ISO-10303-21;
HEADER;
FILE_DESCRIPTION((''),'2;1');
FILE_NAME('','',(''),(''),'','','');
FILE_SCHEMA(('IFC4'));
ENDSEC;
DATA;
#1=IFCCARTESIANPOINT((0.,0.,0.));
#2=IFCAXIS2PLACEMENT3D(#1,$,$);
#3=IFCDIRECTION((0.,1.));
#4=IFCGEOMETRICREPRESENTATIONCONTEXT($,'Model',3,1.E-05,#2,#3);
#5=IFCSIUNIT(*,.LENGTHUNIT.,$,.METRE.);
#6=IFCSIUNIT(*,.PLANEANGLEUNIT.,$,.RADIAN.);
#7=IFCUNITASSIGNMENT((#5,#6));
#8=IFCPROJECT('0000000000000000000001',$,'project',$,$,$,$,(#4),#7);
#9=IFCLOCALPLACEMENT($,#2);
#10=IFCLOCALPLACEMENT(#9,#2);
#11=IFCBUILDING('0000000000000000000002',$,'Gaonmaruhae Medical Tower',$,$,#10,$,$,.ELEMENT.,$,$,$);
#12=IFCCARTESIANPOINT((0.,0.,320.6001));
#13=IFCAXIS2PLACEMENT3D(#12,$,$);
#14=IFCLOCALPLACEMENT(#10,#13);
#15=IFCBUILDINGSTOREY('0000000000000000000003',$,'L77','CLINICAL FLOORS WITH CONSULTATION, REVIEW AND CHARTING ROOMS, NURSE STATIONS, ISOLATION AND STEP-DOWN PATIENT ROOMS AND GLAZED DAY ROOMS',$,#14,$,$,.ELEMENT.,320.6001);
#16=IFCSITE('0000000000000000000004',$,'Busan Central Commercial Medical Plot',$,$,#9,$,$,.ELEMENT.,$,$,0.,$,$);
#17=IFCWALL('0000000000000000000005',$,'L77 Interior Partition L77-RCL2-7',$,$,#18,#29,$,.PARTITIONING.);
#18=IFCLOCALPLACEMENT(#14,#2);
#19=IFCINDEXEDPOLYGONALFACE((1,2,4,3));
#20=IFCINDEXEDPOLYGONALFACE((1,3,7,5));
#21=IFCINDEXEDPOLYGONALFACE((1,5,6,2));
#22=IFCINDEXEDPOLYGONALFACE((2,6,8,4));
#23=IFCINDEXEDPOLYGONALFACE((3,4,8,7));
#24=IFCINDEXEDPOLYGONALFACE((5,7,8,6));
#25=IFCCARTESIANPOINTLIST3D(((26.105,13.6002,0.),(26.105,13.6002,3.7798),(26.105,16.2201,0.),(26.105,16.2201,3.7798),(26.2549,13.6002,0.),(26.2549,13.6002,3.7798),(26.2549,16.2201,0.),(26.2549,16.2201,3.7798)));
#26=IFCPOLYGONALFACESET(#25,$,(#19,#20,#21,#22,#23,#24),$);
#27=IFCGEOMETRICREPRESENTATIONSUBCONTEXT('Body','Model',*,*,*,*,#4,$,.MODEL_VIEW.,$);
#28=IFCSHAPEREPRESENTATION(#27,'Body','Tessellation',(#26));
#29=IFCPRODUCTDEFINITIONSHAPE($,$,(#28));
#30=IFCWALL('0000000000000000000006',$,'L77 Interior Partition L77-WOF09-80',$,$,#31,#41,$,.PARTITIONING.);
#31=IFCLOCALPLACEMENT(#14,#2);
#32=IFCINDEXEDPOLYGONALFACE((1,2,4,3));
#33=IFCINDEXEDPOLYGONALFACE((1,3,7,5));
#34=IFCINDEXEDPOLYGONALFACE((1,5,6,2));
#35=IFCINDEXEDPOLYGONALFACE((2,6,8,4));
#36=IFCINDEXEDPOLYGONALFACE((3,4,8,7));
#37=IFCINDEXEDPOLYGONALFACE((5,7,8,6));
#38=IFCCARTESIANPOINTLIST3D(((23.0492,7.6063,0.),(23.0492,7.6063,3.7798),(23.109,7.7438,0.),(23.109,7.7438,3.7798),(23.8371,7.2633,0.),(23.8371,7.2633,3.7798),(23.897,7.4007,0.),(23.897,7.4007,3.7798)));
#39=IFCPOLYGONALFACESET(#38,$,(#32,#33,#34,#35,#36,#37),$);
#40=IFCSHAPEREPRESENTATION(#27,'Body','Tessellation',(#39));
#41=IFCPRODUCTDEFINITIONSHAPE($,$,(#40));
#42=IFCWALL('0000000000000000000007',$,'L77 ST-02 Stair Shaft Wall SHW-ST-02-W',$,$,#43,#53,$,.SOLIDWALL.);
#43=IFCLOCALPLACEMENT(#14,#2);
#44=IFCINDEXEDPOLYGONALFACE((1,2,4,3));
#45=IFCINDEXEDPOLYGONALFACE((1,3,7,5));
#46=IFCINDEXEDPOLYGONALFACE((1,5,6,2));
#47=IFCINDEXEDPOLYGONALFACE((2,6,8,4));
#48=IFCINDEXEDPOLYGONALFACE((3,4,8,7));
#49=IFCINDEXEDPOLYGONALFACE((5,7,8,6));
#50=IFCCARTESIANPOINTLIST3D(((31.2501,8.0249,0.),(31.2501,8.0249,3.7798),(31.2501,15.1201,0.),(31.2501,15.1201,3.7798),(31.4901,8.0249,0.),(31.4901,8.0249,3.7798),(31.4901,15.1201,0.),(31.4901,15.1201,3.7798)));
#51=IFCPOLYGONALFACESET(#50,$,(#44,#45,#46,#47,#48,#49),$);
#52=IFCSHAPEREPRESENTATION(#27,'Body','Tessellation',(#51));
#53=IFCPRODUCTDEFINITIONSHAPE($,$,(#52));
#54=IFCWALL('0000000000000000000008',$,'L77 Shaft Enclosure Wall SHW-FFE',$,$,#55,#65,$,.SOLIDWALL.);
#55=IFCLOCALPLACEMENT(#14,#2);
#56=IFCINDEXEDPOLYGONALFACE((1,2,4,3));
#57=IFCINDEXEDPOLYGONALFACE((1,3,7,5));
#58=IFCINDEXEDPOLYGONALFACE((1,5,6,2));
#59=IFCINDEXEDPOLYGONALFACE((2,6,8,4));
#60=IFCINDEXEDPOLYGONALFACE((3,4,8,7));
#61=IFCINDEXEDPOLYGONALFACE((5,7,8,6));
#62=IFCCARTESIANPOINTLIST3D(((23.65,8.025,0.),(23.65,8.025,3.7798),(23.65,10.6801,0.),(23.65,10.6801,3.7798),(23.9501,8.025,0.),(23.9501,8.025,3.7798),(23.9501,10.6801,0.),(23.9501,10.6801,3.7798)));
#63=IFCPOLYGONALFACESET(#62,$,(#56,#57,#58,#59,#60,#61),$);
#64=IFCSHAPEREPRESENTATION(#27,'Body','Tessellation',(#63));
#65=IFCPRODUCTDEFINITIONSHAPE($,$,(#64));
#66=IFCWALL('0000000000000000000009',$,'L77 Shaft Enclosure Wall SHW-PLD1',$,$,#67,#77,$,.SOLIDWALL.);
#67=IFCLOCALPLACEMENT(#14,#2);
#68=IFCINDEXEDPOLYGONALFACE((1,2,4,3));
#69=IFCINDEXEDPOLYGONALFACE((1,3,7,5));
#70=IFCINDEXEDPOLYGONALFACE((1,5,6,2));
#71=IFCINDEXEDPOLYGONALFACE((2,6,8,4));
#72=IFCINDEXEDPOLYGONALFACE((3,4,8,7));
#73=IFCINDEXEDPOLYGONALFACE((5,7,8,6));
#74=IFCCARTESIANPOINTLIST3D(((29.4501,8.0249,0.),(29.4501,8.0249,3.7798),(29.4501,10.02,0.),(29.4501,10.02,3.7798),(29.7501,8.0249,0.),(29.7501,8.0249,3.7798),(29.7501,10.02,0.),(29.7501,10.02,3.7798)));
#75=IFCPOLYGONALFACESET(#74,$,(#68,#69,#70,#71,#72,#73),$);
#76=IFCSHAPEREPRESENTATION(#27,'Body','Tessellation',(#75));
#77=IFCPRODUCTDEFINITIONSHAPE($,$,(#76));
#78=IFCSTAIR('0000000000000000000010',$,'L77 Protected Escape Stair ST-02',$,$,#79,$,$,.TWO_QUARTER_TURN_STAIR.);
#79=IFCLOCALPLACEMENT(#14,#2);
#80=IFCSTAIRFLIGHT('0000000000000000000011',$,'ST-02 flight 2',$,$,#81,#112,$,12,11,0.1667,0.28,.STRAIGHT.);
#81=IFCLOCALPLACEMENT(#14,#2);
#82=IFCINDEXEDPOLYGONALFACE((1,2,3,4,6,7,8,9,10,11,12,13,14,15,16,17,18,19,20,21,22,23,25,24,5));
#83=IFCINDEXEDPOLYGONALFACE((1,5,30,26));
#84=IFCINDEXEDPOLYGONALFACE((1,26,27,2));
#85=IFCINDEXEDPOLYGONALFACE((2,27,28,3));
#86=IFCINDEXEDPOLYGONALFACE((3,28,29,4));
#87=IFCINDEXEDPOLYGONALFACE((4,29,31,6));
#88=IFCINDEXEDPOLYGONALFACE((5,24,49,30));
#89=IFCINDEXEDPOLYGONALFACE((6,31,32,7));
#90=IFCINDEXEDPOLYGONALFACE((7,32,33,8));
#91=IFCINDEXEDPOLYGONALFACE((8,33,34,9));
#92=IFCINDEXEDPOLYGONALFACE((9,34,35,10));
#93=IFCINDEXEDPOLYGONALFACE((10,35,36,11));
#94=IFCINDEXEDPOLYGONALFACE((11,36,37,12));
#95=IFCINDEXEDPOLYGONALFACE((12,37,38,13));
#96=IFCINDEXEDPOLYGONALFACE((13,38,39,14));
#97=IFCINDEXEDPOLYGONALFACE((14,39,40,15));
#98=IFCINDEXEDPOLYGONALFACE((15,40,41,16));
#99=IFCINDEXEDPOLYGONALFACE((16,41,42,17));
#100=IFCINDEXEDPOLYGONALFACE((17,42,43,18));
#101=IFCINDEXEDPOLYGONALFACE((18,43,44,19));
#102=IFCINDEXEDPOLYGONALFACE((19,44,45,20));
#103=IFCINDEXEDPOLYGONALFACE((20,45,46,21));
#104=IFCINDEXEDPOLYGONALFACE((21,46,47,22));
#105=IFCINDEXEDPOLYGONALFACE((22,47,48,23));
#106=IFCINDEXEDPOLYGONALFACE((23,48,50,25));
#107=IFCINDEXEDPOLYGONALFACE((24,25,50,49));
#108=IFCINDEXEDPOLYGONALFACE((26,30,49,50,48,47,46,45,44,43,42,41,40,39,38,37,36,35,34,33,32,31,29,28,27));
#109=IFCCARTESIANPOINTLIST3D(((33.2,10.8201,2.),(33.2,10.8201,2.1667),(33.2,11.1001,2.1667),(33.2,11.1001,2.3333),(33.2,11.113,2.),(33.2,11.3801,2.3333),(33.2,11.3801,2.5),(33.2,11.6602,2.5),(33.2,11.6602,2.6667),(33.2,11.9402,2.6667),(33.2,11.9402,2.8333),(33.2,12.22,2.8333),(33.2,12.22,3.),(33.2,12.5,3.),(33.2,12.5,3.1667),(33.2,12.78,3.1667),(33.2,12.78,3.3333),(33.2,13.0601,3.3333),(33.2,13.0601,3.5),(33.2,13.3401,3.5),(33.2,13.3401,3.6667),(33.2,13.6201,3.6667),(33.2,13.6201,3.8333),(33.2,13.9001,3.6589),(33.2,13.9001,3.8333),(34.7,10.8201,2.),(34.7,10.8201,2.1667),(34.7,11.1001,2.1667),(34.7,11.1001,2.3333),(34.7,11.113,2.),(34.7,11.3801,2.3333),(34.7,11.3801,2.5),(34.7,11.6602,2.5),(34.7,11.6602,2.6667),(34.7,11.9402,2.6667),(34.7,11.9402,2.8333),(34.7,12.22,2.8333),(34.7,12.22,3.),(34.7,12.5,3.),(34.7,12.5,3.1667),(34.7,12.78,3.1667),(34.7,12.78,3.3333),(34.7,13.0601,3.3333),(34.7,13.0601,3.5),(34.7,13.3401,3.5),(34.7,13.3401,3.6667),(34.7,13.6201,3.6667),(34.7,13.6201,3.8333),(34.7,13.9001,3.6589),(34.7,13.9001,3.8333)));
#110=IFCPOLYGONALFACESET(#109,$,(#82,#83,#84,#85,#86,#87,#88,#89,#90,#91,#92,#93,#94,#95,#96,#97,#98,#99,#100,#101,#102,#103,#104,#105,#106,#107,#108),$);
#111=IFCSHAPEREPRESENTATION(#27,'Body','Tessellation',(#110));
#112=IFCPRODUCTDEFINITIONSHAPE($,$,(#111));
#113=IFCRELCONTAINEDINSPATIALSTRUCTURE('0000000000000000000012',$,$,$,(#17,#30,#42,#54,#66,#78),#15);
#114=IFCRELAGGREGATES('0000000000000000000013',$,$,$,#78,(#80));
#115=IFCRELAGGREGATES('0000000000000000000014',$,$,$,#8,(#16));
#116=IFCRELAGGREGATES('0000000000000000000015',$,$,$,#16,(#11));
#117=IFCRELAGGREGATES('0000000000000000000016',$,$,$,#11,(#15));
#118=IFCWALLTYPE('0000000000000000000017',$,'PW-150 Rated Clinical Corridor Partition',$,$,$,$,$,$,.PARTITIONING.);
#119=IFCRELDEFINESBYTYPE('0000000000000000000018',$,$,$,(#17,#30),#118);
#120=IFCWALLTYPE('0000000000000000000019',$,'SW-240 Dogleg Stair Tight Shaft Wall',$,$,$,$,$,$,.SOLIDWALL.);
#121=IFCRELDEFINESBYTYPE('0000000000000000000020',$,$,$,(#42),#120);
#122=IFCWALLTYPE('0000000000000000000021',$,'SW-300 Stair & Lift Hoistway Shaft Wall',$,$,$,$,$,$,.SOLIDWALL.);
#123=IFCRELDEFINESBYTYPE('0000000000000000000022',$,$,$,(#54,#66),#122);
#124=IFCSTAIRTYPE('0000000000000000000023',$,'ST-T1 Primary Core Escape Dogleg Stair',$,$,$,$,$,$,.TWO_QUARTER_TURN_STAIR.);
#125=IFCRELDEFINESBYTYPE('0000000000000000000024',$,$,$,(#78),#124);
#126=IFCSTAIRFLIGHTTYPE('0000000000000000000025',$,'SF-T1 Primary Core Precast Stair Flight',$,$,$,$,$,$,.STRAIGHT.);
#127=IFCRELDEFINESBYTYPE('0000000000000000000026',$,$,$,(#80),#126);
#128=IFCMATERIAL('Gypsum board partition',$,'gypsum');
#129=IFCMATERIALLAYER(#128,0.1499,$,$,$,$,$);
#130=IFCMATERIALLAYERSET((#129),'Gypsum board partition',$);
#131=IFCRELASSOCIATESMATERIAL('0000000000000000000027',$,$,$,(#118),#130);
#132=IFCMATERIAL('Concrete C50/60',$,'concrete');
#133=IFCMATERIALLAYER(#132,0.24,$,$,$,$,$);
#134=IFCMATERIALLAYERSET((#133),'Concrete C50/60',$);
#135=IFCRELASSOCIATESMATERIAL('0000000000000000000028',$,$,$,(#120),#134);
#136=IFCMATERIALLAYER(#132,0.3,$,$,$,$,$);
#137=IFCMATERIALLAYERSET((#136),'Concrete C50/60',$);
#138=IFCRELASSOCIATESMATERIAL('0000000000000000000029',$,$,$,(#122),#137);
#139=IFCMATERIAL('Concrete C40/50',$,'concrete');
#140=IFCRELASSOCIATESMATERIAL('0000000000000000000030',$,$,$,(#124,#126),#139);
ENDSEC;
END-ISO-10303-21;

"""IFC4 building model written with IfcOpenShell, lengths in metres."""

from ifc_helpers import new_model, si_unit, direction, frame, frame_2d, origin, place, context, subcontext, project, spatial, polyline, rectangle, outline, extrude, material, layer, layer_set, type_object, element, aggregate, save


model = new_model("IFC4")

# Units and contexts
model_context = context("Model", 3, precision=1e-05, world=origin(), true_north=direction((0.0, 1.0)))
body_context = subcontext(model_context, "Body", "Model", "MODEL_VIEW")
ifc_project = project(units=[si_unit("LENGTHUNIT", "METRE"), si_unit("PLANEANGLEUNIT", "RADIAN")], contexts=[model_context])

# Site, building, storey
site_placement = place(None, origin())
site = spatial("IfcSite", under=ifc_project, at=site_placement, Name="Busan Central Commercial Medical Plot", CompositionType="ELEMENT", RefElevation=0.0)
building_placement = place(site_placement, origin())
building = spatial("IfcBuilding", under=site, at=building_placement, Name="Gaonmaruhae Medical Tower", CompositionType="ELEMENT")
storey_placement = place(building_placement, frame((0.0, 0.0, 320.6001)))
storey = spatial("IfcBuildingStorey", under=building, at=storey_placement, Name="L77", Description="CLINICAL FLOORS WITH CONSULTATION, REVIEW AND CHARTING ROOMS, NURSE STATIONS, ISOLATION AND STEP-DOWN PATIENT ROOMS AND GLAZED DAY ROOMS", CompositionType="ELEMENT", Elevation=320.6001)

# Shared definitions
ifc_material_1 = material(Name="Concrete C50/60", Category="concrete")

# Shared definitions
ifc_material_2 = material(Name="Gypsum board partition", Category="gypsum")
ifc_layer_1 = layer(ifc_material_2, 0.1499)
ifc_layer_set_1 = layer_set([ifc_layer_1], Name="Gypsum board partition")
wall_type_1 = type_object("IfcWallType", Name="PW-150 Rated Clinical Corridor Partition", PredefinedType="PARTITIONING", material=ifc_layer_set_1)

# Wall
wall_1_placement = place(storey_placement, frame((26.1799, 13.6001, 0.0), z_axis=(0.0, 0.0, 1.0), x_axis=(0.0, 1.0, 0.0)))
element("IfcWall", 1, at=wall_1_placement, inside=storey, type_object=wall_type_1, Name="L77 Interior Partition L77-RCL2-7", PredefinedType="PARTITIONING", context=body_context, shape_type="SweptSolid", body=[
    extrude(rectangle(XDim=2.6199, YDim=0.1499, at=frame_2d((1.3101, 0.0))), origin(), (0.0, 0.0, 1.0), 3.7798),
])

# Walls
wall_2_placement = place(storey_placement, frame((23.0791, 7.675, 0.0), z_axis=(0.0, 0.0, 1.0), x_axis=(0.916867, -0.399194, 0.0)))
element("IfcWall", 2, at=wall_2_placement, inside=storey, type_object=wall_type_1, Name="L77 Interior Partition L77-WOF09-80", PredefinedType="PARTITIONING", context=body_context, shape_type="SweptSolid", body=[
    extrude(rectangle(XDim=0.8594, YDim=0.1499, at=frame_2d((0.4297, 0.0))), origin(), (0.0, 0.0, 1.0), 3.7798),
])
ifc_layer_2 = layer(ifc_material_1, 0.24)
ifc_layer_set_2 = layer_set([ifc_layer_2], Name="Concrete C50/60")
wall_type_2 = type_object("IfcWallType", Name="SW-240 Dogleg Stair Tight Shaft Wall", PredefinedType="SOLIDWALL", material=ifc_layer_set_2)
wall_3_placement = place(storey_placement, frame((31.3701, 8.0249, 0.0), z_axis=(0.0, 0.0, 1.0), x_axis=(0.0, 1.0, 0.0)))
element("IfcWall", 3, at=wall_3_placement, inside=storey, type_object=wall_type_2, Name="L77 ST-02 Stair Shaft Wall SHW-ST-02-W", PredefinedType="SOLIDWALL", context=body_context, shape_type="SweptSolid", body=[
    extrude(rectangle(XDim=7.0952, YDim=0.24, at=frame_2d((3.5476, 0.0))), origin(), (0.0, 0.0, 1.0), 3.7798),
])
ifc_layer_3 = layer(ifc_material_1, 0.3)
ifc_layer_set_3 = layer_set([ifc_layer_3], Name="Concrete C50/60")
wall_type_3 = type_object("IfcWallType", Name="SW-300 Stair & Lift Hoistway Shaft Wall", PredefinedType="SOLIDWALL", material=ifc_layer_set_3)
wall_4_placement = place(storey_placement, frame((23.8, 8.0249, 0.0), z_axis=(0.0, 0.0, 1.0), x_axis=(0.0, 1.0, 0.0)))
element("IfcWall", 4, at=wall_4_placement, inside=storey, type_object=wall_type_3, Name="L77 Shaft Enclosure Wall SHW-FFE", PredefinedType="SOLIDWALL", context=body_context, shape_type="SweptSolid", body=[
    extrude(rectangle(XDim=2.655, YDim=0.3, at=frame_2d((1.3276, 0.0))), origin(), (0.0, 0.0, 1.0), 3.7798),
])

# Wall
wall_5_placement = place(storey_placement, frame((29.6001, 8.0249, 0.0), z_axis=(0.0, 0.0, 1.0), x_axis=(0.0, 1.0, 0.0)))
element("IfcWall", 5, at=wall_5_placement, inside=storey, type_object=wall_type_3, Name="L77 Shaft Enclosure Wall SHW-PLD1", PredefinedType="SOLIDWALL", context=body_context, shape_type="SweptSolid", body=[
    extrude(rectangle(XDim=1.9951, YDim=0.3, at=frame_2d((0.9976, 0.0))), origin(), (0.0, 0.0, 1.0), 3.7798),
])

# Stair, stair flight
ifc_material_3 = material(Name="Concrete C40/50", Category="concrete")
stair_type = type_object("IfcStairType", Name="ST-T1 Primary Core Escape Dogleg Stair", PredefinedType="TWO_QUARTER_TURN_STAIR", material=ifc_material_3)
stair_placement = place(storey_placement, origin())
stair = element("IfcStair", 6, at=stair_placement, inside=storey, type_object=stair_type, Name="L77 Protected Escape Stair ST-02", PredefinedType="TWO_QUARTER_TURN_STAIR")
stair_flight_type = type_object("IfcStairFlightType", Name="SF-T1 Primary Core Precast Stair Flight", PredefinedType="STRAIGHT", material=ifc_material_3)
stair_flight_placement = place(storey_placement, frame((33.95, 10.8201, 2.0), z_axis=(0.0, 0.0, 1.0), x_axis=(0.0, 1.0, 0.0)))
stair_flight = element("IfcStairFlight", 7, at=stair_flight_placement, type_object=stair_flight_type, Name="ST-02 flight 2", NumberOfRisers=12, NumberOfTreads=11, PredefinedType="STRAIGHT", RiserHeight=0.1667, TreadLength=0.28, context=body_context, shape_type="SweptSolid", body=[
    extrude(outline(polyline([(0.0, 0.0), (0.0, 0.1667), (0.28, 0.1667), (0.28, 0.3333), (0.5601, 0.3333), (0.5601, 0.5), (0.8401, 0.5), (0.8401, 0.6667), (1.1201, 0.6667), (1.1201, 0.8333), (1.3999, 0.8333), (1.3999, 1.0), (1.6799, 1.0), (1.6799, 1.1667), (1.96, 1.1667), (1.96, 1.3333), (2.24, 1.3333), (2.24, 1.5), (2.52, 1.5), (2.52, 1.6667), (2.8, 1.6667), (2.8, 1.8333), (3.0801, 1.8333), (3.0801, 2.0), (3.0801, 1.6589), (0.293, 0.0), (0.0, 0.0)])), frame((0.0, 0.75, 0.0), z_axis=(0.0, -1.0, 0.0), x_axis=(1.0, 0.0, 0.0)), (0.0, 0.0, 1.0), 1.5),
])
aggregate(stair, [stair_flight])

save(model, "model.ifc")
